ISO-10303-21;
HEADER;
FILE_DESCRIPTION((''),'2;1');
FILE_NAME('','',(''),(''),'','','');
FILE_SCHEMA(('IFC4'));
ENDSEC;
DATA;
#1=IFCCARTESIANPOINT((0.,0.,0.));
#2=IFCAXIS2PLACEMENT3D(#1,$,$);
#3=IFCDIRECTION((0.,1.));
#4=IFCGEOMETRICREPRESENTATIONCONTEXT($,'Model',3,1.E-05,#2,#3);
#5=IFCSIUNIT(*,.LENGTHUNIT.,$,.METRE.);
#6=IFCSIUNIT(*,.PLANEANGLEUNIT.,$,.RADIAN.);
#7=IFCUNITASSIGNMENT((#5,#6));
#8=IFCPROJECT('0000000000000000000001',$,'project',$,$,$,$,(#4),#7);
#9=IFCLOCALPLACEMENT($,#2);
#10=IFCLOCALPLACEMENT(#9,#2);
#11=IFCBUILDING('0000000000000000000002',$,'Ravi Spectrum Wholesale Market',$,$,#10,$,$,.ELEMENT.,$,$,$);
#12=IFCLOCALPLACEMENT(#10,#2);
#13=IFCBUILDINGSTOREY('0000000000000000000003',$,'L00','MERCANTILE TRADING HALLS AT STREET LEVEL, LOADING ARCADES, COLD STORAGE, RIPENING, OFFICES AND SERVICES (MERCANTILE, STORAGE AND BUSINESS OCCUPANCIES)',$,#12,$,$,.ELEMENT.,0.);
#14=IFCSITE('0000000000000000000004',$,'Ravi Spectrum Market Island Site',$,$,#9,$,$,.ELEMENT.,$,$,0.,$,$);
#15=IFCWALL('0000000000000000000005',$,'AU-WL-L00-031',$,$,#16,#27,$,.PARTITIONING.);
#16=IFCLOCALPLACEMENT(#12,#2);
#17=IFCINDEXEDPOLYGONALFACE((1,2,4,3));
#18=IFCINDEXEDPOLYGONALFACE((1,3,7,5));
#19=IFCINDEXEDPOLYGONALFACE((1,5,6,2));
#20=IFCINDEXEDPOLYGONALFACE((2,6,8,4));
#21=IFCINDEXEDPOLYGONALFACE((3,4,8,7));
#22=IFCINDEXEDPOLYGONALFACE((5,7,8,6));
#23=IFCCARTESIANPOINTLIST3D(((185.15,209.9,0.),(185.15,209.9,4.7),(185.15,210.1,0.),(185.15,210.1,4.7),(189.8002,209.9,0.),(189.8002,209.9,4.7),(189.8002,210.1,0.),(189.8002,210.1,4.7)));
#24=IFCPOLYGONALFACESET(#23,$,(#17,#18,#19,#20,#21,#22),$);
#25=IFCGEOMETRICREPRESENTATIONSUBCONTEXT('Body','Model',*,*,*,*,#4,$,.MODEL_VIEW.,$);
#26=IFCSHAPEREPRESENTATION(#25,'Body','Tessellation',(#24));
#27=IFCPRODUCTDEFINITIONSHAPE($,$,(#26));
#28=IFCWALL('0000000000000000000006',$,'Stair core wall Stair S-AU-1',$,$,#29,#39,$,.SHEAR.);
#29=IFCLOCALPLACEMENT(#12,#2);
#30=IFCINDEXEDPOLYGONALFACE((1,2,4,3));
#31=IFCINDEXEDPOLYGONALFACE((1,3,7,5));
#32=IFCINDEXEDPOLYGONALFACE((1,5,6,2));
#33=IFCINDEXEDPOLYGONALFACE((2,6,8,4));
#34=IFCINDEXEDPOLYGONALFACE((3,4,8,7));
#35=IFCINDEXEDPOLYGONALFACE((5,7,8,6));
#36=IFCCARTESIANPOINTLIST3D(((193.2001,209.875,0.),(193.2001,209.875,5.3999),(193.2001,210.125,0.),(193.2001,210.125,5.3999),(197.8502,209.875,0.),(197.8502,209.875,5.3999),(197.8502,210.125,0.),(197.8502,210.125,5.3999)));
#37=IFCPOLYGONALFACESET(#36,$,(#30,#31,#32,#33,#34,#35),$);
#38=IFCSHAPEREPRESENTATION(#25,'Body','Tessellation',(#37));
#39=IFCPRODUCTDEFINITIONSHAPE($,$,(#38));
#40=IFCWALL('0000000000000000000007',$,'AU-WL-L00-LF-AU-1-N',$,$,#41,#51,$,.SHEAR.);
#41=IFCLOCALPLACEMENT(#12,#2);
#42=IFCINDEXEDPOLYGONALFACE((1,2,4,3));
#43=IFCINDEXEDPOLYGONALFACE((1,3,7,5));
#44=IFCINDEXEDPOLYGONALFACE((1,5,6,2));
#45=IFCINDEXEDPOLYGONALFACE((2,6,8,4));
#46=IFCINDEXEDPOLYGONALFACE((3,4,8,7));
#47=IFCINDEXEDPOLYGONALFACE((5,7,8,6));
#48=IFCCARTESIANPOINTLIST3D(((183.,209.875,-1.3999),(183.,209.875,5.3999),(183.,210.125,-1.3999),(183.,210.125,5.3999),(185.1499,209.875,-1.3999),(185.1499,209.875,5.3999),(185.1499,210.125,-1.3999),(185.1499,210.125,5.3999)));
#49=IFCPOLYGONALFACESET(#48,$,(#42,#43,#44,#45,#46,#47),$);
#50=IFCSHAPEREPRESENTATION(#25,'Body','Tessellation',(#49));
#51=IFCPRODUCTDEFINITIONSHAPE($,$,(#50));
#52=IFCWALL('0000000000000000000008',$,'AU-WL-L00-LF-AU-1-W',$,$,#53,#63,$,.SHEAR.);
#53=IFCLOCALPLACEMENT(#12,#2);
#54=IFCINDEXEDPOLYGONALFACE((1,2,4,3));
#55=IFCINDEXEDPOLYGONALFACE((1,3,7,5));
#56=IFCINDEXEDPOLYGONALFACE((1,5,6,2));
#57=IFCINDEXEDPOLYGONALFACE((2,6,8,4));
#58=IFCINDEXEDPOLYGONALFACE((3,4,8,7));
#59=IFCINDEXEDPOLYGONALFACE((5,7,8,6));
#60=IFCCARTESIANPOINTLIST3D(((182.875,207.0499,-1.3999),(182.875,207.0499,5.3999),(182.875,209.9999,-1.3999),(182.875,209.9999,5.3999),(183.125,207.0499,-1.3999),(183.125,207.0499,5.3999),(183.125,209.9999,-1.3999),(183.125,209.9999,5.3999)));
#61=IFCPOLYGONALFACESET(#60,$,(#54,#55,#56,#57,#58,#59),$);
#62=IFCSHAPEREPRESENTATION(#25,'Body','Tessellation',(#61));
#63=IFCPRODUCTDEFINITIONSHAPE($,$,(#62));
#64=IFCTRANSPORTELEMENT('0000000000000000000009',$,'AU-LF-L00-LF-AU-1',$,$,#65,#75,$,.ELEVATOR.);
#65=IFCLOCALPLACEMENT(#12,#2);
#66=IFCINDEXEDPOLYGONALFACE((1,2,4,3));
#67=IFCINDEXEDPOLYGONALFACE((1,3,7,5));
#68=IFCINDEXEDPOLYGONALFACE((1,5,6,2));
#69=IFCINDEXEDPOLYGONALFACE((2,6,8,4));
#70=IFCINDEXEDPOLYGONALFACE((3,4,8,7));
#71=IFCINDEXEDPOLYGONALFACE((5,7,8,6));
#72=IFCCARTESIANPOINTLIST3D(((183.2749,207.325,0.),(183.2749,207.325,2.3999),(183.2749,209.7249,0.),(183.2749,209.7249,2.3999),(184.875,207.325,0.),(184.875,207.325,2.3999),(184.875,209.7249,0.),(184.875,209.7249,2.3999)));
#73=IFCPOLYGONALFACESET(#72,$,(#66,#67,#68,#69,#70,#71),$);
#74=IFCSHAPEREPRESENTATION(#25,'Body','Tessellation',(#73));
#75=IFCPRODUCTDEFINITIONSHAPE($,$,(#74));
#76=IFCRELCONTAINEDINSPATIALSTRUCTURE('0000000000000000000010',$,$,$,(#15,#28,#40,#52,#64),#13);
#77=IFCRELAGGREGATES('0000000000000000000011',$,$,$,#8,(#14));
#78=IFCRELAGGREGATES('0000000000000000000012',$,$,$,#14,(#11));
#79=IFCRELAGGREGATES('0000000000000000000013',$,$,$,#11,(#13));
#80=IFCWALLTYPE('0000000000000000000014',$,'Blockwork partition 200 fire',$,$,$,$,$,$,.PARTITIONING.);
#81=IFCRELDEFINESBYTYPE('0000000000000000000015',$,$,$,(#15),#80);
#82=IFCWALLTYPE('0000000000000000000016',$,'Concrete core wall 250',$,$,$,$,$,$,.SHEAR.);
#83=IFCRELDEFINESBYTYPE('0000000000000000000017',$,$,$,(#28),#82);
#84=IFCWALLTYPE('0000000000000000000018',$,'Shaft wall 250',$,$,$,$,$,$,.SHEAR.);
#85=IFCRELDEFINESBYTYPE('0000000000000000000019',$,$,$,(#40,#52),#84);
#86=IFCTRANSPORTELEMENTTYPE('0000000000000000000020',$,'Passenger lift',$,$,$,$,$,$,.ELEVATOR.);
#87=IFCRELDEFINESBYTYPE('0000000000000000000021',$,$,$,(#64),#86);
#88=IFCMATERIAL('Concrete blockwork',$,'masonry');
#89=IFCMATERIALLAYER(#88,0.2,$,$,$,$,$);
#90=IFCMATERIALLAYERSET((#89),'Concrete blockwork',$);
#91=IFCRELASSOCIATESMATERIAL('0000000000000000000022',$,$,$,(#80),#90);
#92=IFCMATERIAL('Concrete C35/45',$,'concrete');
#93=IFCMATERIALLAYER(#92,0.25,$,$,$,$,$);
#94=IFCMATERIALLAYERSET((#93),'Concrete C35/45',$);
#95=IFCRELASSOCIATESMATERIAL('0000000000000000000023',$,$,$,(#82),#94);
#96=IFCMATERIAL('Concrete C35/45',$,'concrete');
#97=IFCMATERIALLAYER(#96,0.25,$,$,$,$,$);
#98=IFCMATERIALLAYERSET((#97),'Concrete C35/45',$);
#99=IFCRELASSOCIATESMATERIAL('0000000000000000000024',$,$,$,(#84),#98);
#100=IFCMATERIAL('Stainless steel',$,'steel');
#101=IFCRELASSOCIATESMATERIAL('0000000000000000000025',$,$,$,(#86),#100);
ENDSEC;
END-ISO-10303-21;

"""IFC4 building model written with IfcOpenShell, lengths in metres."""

from ifc_helpers import new_model, si_unit, direction, frame, frame_2d, origin, origin_2d, place, context, subcontext, project, spatial, rectangle, extrude, material, layer, layer_set, type_object, element, save


model = new_model("IFC4")

# Units and contexts
model_context = context("Model", 3, precision=1e-05, world=origin(), true_north=direction((0.0, 1.0)))
body_context = subcontext(model_context, "Body", "Model", "MODEL_VIEW")
ifc_project = project(units=[si_unit("LENGTHUNIT", "METRE"), si_unit("PLANEANGLEUNIT", "RADIAN")], contexts=[model_context])

# Site, building, storey
site_placement = place(None, origin())
site = spatial("IfcSite", under=ifc_project, at=site_placement, Name="Ravi Spectrum Market Island Site", CompositionType="ELEMENT", RefElevation=0.0)
building_placement = place(site_placement, origin())
building = spatial("IfcBuilding", under=site, at=building_placement, Name="Ravi Spectrum Wholesale Market", CompositionType="ELEMENT")
storey_placement = place(building_placement, origin())
storey = spatial("IfcBuildingStorey", under=building, at=storey_placement, Name="L00", Description="MERCANTILE TRADING HALLS AT STREET LEVEL, LOADING ARCADES, COLD STORAGE, RIPENING, OFFICES AND SERVICES (MERCANTILE, STORAGE AND BUSINESS OCCUPANCIES)", CompositionType="ELEMENT", Elevation=0.0)

# Shared definitions
ifc_material_1 = material(Name="Concrete blockwork", Category="masonry")
ifc_layer_1 = layer(ifc_material_1, 0.2)
ifc_layer_set_1 = layer_set([ifc_layer_1], Name="Concrete blockwork")
wall_type_1 = type_object("IfcWallType", Name="Blockwork partition 200 fire", PredefinedType="PARTITIONING", material=ifc_layer_set_1)

# Walls
wall_1_placement = place(storey_placement, frame((185.1499, 210.0, 0.0), z_axis=(0.0, 0.0, 1.0), x_axis=(1.0, 0.0, 0.0)))
element("IfcWall", 1, at=wall_1_placement, inside=storey, type_object=wall_type_1, Name="AU-WL-L00-031", PredefinedType="PARTITIONING", context=body_context, shape_type="SweptSolid", body=[
    extrude(rectangle(XDim=4.6501, YDim=0.2, at=frame_2d((2.3252, 0.0))), origin(), (0.0, 0.0, 1.0), 4.7),
])
ifc_material_2 = material(Name="Concrete C35/45", Category="concrete")
ifc_layer_2 = layer(ifc_material_2, 0.25)
ifc_layer_set_2 = layer_set([ifc_layer_2], Name="Concrete C35/45")
wall_type_2 = type_object("IfcWallType", Name="Concrete core wall 250", PredefinedType="SHEAR", material=ifc_layer_set_2)
wall_2_placement = place(storey_placement, frame((193.2, 210.0, 0.0), z_axis=(0.0, 0.0, 1.0), x_axis=(1.0, 0.0, 0.0)))
element("IfcWall", 2, at=wall_2_placement, inside=storey, type_object=wall_type_2, Name="Stair core wall Stair S-AU-1", PredefinedType="SHEAR", context=body_context, shape_type="SweptSolid", body=[
    extrude(rectangle(XDim=4.6501, YDim=0.25, at=frame_2d((2.3252, 0.0))), origin(), (0.0, 0.0, 1.0), 5.3999),
])

# Walls
ifc_material_3 = material(Name="Concrete C35/45", Category="concrete")
ifc_layer_3 = layer(ifc_material_3, 0.25)
ifc_layer_set_3 = layer_set([ifc_layer_3], Name="Concrete C35/45")
wall_type_3 = type_object("IfcWallType", Name="Shaft wall 250", PredefinedType="SHEAR", material=ifc_layer_set_3)
wall_3_placement = place(storey_placement, frame((185.1499, 210.0, -1.3999), z_axis=(0.0, 0.0, 1.0), x_axis=(-1.0, 0.0, 0.0)))
element("IfcWall", 3, at=wall_3_placement, inside=storey, type_object=wall_type_3, Name="AU-WL-L00-LF-AU-1-N", PredefinedType="SHEAR", context=body_context, shape_type="SweptSolid", body=[
    extrude(rectangle(XDim=2.1499, YDim=0.25, at=frame_2d((1.075, 0.0))), origin(), (0.0, 0.0, 1.0), 6.7998),
])
wall_4_placement = place(storey_placement, frame((183.0, 210.0, -1.3999), z_axis=(0.0, 0.0, 1.0), x_axis=(0.0, -1.0, 0.0)))
element("IfcWall", 4, at=wall_4_placement, inside=storey, type_object=wall_type_3, Name="AU-WL-L00-LF-AU-1-W", PredefinedType="SHEAR", context=body_context, shape_type="SweptSolid", body=[
    extrude(rectangle(XDim=2.95, YDim=0.25, at=frame_2d((1.4751, 0.0))), origin(), (0.0, 0.0, 1.0), 6.7998),
])

# Transport element
ifc_material_4 = material(Name="Stainless steel", Category="steel")
transport_element_type = type_object("IfcTransportElementType", Name="Passenger lift", PredefinedType="ELEVATOR", material=ifc_material_4)
transport_element_placement = place(storey_placement, frame((184.075, 208.5249, 0.0), z_axis=(0.0, 0.0, 1.0), x_axis=(1.0, 0.0, 0.0)))
element("IfcTransportElement", 5, at=transport_element_placement, inside=storey, type_object=transport_element_type, Name="AU-LF-L00-LF-AU-1", PredefinedType="ELEVATOR", context=body_context, shape_type="SweptSolid", body=[
    extrude(rectangle(XDim=1.6001, YDim=2.3999, at=origin_2d()), origin(), (0.0, 0.0, 1.0), 2.3999),
])

save(model, "model.ifc")
